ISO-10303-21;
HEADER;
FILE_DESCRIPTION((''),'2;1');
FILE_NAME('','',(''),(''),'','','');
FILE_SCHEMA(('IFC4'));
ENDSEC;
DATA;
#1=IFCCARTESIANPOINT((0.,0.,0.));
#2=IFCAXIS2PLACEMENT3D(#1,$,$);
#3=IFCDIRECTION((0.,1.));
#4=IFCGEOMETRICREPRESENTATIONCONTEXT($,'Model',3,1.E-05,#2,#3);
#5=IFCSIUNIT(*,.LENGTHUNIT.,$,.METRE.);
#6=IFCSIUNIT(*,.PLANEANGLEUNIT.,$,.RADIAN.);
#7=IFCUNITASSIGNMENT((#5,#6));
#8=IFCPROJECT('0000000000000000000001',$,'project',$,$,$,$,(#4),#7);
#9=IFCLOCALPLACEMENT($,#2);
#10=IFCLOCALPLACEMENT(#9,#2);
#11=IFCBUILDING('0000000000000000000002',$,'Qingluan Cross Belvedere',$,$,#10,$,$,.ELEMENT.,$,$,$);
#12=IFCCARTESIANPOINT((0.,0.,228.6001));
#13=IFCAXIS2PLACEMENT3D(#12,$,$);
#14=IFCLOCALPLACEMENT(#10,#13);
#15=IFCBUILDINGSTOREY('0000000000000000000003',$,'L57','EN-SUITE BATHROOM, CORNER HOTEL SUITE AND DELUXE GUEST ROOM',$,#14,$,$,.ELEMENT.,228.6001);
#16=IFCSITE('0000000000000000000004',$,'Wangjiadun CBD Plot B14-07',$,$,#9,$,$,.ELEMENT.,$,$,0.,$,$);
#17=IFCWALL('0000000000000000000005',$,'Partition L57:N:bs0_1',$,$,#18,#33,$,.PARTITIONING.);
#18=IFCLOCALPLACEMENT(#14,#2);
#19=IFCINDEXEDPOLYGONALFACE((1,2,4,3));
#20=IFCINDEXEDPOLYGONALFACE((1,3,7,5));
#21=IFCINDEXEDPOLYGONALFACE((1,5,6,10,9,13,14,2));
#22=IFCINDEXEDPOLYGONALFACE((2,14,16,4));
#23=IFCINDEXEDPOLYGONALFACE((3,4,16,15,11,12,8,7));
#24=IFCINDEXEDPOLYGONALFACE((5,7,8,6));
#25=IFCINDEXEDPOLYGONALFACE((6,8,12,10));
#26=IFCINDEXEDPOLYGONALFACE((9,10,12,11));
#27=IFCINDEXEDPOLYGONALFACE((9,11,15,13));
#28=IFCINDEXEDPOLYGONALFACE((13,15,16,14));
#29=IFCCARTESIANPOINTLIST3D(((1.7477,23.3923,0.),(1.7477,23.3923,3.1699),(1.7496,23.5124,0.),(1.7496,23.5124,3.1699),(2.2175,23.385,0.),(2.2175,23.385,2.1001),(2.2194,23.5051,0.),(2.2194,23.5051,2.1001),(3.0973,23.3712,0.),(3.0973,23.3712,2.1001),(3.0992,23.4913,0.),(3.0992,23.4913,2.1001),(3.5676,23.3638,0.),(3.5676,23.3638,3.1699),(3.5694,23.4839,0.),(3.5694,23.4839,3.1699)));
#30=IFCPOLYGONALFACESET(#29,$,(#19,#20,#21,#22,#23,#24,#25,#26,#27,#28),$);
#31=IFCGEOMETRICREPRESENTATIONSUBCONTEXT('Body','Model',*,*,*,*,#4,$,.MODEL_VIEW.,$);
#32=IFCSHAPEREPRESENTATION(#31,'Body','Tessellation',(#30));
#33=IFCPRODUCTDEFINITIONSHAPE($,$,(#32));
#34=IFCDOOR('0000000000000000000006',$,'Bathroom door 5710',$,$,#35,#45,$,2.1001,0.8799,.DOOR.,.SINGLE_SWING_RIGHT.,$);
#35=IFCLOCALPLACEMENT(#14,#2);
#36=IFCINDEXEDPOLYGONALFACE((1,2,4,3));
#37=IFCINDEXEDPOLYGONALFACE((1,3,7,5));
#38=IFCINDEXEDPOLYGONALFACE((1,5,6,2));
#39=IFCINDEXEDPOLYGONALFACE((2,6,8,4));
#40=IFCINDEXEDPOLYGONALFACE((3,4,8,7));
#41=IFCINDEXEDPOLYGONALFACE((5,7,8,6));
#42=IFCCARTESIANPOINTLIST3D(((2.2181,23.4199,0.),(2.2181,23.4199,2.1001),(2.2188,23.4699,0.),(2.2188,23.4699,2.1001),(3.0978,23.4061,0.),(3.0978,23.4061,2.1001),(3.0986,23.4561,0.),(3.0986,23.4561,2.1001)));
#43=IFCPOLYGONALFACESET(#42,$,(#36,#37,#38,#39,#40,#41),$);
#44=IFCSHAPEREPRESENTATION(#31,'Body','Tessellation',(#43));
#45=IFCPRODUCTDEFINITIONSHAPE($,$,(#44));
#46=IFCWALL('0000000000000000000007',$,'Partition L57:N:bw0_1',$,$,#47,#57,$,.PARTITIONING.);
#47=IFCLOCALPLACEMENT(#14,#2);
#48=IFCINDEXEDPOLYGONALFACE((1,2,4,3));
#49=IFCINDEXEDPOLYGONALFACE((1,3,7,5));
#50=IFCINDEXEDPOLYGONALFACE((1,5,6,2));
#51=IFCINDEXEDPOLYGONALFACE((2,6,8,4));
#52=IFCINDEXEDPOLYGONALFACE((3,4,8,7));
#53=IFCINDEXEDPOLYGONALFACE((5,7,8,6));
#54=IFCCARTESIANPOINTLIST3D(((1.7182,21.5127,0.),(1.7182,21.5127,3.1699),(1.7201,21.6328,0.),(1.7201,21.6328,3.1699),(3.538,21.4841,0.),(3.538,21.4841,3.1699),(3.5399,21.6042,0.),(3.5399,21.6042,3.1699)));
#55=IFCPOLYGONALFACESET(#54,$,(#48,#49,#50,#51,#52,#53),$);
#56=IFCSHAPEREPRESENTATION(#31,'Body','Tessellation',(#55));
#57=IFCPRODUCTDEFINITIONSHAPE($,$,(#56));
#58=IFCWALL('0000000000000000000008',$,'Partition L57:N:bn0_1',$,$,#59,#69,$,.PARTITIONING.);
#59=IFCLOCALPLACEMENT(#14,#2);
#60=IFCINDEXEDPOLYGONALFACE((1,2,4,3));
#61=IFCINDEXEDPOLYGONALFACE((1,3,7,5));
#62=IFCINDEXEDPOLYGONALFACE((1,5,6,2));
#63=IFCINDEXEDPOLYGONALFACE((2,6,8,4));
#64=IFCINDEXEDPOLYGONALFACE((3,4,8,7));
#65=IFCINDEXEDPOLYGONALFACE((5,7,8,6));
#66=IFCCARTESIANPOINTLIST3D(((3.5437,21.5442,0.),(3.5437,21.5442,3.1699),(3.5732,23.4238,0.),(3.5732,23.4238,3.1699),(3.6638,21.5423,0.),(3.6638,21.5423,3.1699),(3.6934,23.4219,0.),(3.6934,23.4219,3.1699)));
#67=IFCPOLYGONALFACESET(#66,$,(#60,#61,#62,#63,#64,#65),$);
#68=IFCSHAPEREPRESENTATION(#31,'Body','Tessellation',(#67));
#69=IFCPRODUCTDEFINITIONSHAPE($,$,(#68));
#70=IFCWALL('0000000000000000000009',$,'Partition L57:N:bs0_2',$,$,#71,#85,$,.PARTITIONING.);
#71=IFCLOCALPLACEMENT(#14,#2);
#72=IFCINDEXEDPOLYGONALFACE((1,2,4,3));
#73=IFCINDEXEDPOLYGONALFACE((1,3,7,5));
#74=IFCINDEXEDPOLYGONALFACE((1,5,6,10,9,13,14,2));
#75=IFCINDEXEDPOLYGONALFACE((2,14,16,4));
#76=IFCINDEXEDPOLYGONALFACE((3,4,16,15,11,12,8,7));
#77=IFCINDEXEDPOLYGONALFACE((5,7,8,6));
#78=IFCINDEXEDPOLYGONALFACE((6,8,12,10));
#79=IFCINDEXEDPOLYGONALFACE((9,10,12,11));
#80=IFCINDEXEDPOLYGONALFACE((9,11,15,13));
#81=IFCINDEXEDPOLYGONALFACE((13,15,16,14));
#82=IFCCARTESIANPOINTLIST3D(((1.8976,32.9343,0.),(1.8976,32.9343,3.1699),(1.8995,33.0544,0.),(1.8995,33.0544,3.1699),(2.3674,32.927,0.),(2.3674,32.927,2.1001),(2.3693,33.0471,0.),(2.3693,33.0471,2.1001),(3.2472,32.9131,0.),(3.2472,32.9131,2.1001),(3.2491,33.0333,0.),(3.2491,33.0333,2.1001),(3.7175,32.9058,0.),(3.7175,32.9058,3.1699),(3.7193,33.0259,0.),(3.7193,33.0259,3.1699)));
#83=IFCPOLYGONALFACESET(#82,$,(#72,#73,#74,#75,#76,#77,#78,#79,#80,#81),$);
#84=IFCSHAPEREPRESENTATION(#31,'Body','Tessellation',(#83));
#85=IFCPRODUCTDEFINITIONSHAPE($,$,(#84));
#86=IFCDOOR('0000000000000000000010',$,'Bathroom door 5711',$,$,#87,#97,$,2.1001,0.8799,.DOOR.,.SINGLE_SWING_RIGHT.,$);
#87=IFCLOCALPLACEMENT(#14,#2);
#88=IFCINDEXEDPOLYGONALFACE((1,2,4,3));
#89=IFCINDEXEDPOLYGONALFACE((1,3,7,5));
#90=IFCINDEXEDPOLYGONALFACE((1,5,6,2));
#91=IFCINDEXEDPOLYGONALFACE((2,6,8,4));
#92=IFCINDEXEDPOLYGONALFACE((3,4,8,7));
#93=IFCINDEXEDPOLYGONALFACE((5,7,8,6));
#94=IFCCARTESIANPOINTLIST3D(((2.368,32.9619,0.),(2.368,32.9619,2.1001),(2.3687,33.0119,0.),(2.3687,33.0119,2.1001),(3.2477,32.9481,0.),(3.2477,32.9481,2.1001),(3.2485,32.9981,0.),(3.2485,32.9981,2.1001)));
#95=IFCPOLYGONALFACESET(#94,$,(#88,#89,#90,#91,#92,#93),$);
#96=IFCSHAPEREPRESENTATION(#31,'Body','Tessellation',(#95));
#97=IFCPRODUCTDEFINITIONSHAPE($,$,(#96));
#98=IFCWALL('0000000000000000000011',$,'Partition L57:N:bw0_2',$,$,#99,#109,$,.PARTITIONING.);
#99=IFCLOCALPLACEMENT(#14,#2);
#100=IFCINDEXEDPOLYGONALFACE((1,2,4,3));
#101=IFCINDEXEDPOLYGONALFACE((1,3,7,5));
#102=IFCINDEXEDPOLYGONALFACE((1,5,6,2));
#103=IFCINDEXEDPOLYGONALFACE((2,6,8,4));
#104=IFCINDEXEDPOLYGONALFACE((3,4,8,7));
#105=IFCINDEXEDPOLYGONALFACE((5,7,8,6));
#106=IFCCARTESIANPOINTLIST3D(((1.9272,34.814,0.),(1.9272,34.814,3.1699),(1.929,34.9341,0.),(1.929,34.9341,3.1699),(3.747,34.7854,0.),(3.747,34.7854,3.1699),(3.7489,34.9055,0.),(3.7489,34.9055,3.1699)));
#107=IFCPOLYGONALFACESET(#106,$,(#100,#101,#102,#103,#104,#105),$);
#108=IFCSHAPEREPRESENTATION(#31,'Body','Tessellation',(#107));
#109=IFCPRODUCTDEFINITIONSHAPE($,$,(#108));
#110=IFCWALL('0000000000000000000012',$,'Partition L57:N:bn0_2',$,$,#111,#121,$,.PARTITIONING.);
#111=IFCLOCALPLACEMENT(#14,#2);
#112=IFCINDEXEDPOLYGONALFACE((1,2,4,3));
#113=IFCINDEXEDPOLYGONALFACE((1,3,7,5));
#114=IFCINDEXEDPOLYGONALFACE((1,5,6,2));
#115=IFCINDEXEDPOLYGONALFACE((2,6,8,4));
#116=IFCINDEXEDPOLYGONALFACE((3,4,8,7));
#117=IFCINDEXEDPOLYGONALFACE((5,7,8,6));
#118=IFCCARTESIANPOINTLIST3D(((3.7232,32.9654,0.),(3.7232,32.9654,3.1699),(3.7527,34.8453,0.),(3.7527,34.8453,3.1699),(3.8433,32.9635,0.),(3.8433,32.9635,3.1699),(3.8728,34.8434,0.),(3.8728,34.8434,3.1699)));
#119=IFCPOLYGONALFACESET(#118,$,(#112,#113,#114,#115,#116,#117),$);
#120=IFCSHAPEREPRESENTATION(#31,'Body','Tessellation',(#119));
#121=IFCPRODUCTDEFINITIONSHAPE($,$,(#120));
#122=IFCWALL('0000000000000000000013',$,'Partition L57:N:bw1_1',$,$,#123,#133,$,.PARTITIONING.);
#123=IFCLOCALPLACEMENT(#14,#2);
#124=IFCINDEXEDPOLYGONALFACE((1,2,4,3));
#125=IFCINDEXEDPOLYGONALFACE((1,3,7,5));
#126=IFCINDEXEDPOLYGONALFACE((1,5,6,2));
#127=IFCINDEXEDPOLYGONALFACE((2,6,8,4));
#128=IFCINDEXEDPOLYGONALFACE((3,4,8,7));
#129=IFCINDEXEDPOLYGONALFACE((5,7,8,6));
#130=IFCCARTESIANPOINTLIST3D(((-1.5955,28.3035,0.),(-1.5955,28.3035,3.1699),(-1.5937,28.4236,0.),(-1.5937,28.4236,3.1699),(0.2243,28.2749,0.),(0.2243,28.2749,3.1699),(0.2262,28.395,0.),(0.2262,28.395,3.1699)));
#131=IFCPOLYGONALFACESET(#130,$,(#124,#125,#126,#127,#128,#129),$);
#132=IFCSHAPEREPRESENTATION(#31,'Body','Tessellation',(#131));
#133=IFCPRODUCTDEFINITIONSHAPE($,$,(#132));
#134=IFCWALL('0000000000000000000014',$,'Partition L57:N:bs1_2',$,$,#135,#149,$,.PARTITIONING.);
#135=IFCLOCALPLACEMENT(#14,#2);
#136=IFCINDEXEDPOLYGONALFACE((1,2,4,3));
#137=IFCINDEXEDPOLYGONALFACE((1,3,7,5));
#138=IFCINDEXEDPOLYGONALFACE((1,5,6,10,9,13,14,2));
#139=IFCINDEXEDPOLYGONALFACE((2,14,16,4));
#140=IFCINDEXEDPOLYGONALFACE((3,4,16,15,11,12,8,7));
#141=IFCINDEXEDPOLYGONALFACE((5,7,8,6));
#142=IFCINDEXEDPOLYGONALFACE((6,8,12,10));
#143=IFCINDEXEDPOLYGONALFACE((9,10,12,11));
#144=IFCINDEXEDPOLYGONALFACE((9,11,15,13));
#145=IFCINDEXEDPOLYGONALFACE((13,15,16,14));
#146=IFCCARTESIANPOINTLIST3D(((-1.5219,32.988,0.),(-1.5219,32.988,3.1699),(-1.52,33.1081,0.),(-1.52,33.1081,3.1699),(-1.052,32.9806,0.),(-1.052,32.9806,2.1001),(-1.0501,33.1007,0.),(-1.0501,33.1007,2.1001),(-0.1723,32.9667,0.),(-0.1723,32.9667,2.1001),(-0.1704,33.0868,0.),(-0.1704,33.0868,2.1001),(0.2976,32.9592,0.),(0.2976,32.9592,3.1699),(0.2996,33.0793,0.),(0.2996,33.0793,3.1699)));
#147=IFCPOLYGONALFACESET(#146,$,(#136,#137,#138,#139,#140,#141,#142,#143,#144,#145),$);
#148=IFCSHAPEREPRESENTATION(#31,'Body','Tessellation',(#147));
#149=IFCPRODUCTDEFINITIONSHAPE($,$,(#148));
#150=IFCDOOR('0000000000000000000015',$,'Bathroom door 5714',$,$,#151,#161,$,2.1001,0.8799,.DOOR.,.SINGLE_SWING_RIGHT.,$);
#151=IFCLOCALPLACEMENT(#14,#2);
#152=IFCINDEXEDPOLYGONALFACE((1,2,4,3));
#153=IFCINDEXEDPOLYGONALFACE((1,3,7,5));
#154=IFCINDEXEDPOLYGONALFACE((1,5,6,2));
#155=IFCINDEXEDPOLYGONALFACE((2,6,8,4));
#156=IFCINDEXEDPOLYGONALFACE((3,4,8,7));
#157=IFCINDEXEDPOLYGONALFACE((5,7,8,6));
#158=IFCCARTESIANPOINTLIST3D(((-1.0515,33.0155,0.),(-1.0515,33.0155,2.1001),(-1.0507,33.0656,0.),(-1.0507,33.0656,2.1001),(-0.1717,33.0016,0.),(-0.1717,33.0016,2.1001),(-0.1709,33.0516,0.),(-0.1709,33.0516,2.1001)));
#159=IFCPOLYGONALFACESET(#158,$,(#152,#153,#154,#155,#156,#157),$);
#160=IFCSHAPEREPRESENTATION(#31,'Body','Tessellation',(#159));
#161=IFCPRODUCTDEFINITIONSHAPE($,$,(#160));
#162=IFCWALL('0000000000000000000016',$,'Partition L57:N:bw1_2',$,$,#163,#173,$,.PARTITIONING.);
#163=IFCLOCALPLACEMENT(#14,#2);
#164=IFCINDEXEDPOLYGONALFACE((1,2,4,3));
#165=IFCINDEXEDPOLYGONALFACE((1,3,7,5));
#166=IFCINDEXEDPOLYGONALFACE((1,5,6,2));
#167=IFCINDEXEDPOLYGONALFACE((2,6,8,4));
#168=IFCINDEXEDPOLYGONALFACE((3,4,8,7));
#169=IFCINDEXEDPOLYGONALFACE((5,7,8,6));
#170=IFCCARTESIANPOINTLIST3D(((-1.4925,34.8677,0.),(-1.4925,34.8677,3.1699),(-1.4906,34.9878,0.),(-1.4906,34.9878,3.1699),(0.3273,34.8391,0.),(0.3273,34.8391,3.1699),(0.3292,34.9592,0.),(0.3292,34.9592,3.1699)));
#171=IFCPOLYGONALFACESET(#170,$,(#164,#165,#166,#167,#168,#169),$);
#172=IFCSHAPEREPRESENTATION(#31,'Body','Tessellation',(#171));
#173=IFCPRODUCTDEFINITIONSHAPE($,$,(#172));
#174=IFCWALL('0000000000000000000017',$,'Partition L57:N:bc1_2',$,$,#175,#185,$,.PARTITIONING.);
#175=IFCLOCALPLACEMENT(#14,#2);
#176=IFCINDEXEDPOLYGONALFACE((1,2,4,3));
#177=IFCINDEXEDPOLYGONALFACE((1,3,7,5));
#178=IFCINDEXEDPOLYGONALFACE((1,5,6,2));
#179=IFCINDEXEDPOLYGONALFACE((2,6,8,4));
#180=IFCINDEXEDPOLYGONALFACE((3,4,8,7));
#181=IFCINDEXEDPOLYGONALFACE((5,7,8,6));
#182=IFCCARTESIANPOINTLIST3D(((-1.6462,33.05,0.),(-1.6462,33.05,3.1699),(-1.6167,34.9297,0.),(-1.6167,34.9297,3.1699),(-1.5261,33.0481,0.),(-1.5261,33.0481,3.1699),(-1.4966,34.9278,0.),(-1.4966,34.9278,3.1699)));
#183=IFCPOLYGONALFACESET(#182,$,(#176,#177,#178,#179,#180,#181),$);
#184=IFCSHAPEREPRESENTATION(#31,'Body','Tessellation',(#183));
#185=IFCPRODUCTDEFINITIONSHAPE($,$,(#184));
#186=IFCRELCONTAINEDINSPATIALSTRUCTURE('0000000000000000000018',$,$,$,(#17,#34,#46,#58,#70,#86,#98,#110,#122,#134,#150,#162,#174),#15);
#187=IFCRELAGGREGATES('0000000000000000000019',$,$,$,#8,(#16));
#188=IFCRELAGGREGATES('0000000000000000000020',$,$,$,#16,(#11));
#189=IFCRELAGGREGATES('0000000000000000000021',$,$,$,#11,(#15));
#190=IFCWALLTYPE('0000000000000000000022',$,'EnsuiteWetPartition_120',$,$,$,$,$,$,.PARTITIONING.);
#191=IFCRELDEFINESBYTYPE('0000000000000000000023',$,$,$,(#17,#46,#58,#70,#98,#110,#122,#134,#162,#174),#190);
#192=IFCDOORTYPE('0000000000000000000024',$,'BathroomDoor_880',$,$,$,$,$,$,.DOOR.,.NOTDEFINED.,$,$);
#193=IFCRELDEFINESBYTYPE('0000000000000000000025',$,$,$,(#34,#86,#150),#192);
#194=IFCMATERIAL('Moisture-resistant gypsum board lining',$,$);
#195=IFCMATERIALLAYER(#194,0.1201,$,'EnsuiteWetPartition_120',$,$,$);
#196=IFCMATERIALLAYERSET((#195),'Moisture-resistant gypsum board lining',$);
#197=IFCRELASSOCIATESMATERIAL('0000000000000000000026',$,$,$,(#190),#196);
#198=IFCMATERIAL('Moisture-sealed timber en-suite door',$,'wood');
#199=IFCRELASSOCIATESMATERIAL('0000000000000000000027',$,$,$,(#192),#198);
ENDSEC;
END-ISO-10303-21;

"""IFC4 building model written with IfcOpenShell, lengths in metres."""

from ifc_helpers import new_model, si_unit, direction, frame, frame_2d, origin, place, context, subcontext, project, spatial, rectangle, extrude, material, layer, layer_set, type_object, element, fill, save


model = new_model("IFC4")

# Units and contexts
model_context = context("Model", 3, precision=1e-05, world=origin(), true_north=direction((0.0, 1.0)))
body_context = subcontext(model_context, "Body", "Model", "MODEL_VIEW")
ifc_project = project(units=[si_unit("LENGTHUNIT", "METRE"), si_unit("PLANEANGLEUNIT", "RADIAN")], contexts=[model_context])

# Site, building, storey
site_placement = place(None, origin())
site = spatial("IfcSite", under=ifc_project, at=site_placement, Name="Wangjiadun CBD Plot B14-07", CompositionType="ELEMENT", RefElevation=0.0)
building_placement = place(site_placement, origin())
building = spatial("IfcBuilding", under=site, at=building_placement, Name="Qingluan Cross Belvedere", CompositionType="ELEMENT")
storey_placement = place(building_placement, frame((0.0, 0.0, 228.6001)))
storey = spatial("IfcBuildingStorey", under=building, at=storey_placement, Name="L57", Description="EN-SUITE BATHROOM, CORNER HOTEL SUITE AND DELUXE GUEST ROOM", CompositionType="ELEMENT", Elevation=228.6001)

# Wall, opening, door
ifc_material_1 = material(Name="Moisture-resistant gypsum board lining")
ifc_layer_1 = layer(ifc_material_1, 0.1201, Name="EnsuiteWetPartition_120")
ifc_layer_set_1 = layer_set([ifc_layer_1], Name="Moisture-resistant gypsum board lining")
wall_type_1 = type_object("IfcWallType", Name="EnsuiteWetPartition_120", PredefinedType="PARTITIONING", material=ifc_layer_set_1)
ifc_material_2 = material(Name="Moisture-sealed timber en-suite door", Category="wood")
door_type = type_object("IfcDoorType", Name="BathroomDoor_880", OperationType="NOTDEFINED", PredefinedType="DOOR", material=ifc_material_2)
wall_1_placement = place(storey_placement, frame((1.7485, 23.4524, 0.0), z_axis=(0.0, 0.0, 1.0), x_axis=(0.999877, -0.015694, 0.0)))
wall_1 = element("IfcWall", 1, at=wall_1_placement, inside=storey, type_object=wall_type_1, Name="Partition L57:N:bs0_1", PredefinedType="PARTITIONING", context=body_context, shape_type="SweptSolid", body=[
    extrude(rectangle(XDim=1.8201, YDim=0.1201, at=frame_2d((0.9102, 0.0))), origin(), (0.0, 0.0, 1.0), 3.1699),
])
opening_1_placement = place(wall_1_placement, frame((0.47, 0.0, 0.0)))
opening_1 = element("IfcOpeningElement", 2, at=opening_1_placement, cuts=wall_1, PredefinedType="OPENING", context=body_context, shape_type="SweptSolid", body=[
    extrude(rectangle(XDim=0.8799, YDim=2.1001, at=frame_2d((0.4399, 1.05))), frame((0.0, 0.0701, 0.0), z_axis=(0.0, -1.0, 0.0), x_axis=(1.0, 0.0, 0.0)), (0.0, 0.0, 1.0), 0.1401),
])
door_1_placement = place(opening_1_placement, origin())
door_1 = element("IfcDoor", 3, at=door_1_placement, inside=storey, type_object=door_type, Name="Bathroom door 5710", OperationType="SINGLE_SWING_RIGHT", OverallHeight=2.1001, OverallWidth=0.8799, PredefinedType="DOOR", context=body_context, shape_type="SweptSolid", body=[
    extrude(rectangle(XDim=0.8799, YDim=2.1001, at=frame_2d((0.4399, 1.05))), frame((0.0, 0.0249, 0.0), z_axis=(0.0, -1.0, 0.0), x_axis=(1.0, 0.0, 0.0)), (0.0, 0.0, 1.0), 0.05),
])
fill(opening_1, door_1)

# Walls
wall_2_placement = place(storey_placement, frame((1.719, 21.5728, 0.0), z_axis=(0.0, 0.0, 1.0), x_axis=(0.999877, -0.015694, 0.0)))
element("IfcWall", 4, at=wall_2_placement, inside=storey, type_object=wall_type_1, Name="Partition L57:N:bw0_1", PredefinedType="PARTITIONING", context=body_context, shape_type="SweptSolid", body=[
    extrude(rectangle(XDim=1.8201, YDim=0.1201, at=frame_2d((0.9102, 0.0))), origin(), (0.0, 0.0, 1.0), 3.1699),
])
wall_3_placement = place(storey_placement, frame((3.6038, 21.5432, 0.0), z_axis=(0.0, 0.0, 1.0), x_axis=(0.015714, 0.999877, 0.0)))
element("IfcWall", 5, at=wall_3_placement, inside=storey, type_object=wall_type_1, Name="Partition L57:N:bn0_1", PredefinedType="PARTITIONING", context=body_context, shape_type="SweptSolid", body=[
    extrude(rectangle(XDim=1.8799, YDim=0.1201, at=frame_2d((0.9399, 0.0))), origin(), (0.0, 0.0, 1.0), 3.1699),
])

# Wall, opening, door
wall_4_placement = place(storey_placement, frame((1.8984, 32.9944, 0.0), z_axis=(0.0, 0.0, 1.0), x_axis=(0.999877, -0.015694, 0.0)))
wall_4 = element("IfcWall", 6, at=wall_4_placement, inside=storey, type_object=wall_type_1, Name="Partition L57:N:bs0_2", PredefinedType="PARTITIONING", context=body_context, shape_type="SweptSolid", body=[
    extrude(rectangle(XDim=1.8201, YDim=0.1201, at=frame_2d((0.9102, 0.0))), origin(), (0.0, 0.0, 1.0), 3.1699),
])
opening_2_placement = place(wall_4_placement, frame((0.47, 0.0, 0.0)))
opening_2 = element("IfcOpeningElement", 7, at=opening_2_placement, cuts=wall_4, PredefinedType="OPENING", context=body_context, shape_type="SweptSolid", body=[
    extrude(rectangle(XDim=0.8799, YDim=2.1001, at=frame_2d((0.4399, 1.05))), frame((0.0, 0.0701, 0.0), z_axis=(0.0, -1.0, 0.0), x_axis=(1.0, 0.0, 0.0)), (0.0, 0.0, 1.0), 0.1401),
])
door_2_placement = place(opening_2_placement, origin())
door_2 = element("IfcDoor", 8, at=door_2_placement, inside=storey, type_object=door_type, Name="Bathroom door 5711", OperationType="SINGLE_SWING_RIGHT", OverallHeight=2.1001, OverallWidth=0.8799, PredefinedType="DOOR", context=body_context, shape_type="SweptSolid", body=[
    extrude(rectangle(XDim=0.8799, YDim=2.1001, at=frame_2d((0.4399, 1.05))), frame((0.0, 0.0249, 0.0), z_axis=(0.0, -1.0, 0.0), x_axis=(1.0, 0.0, 0.0)), (0.0, 0.0, 1.0), 0.05),
])
fill(opening_2, door_2)

# Walls
wall_5_placement = place(storey_placement, frame((1.928, 34.874, 0.0), z_axis=(0.0, 0.0, 1.0), x_axis=(0.999877, -0.015694, 0.0)))
element("IfcWall", 9, at=wall_5_placement, inside=storey, type_object=wall_type_1, Name="Partition L57:N:bw0_2", PredefinedType="PARTITIONING", context=body_context, shape_type="SweptSolid", body=[
    extrude(rectangle(XDim=1.8201, YDim=0.1201, at=frame_2d((0.9102, 0.0))), origin(), (0.0, 0.0, 1.0), 3.1699),
])
wall_6_placement = place(storey_placement, frame((3.7832, 32.9646, 0.0), z_axis=(0.0, 0.0, 1.0), x_axis=(0.015712, 0.999877, 0.0)))
element("IfcWall", 10, at=wall_6_placement, inside=storey, type_object=wall_type_1, Name="Partition L57:N:bn0_2", PredefinedType="PARTITIONING", context=body_context, shape_type="SweptSolid", body=[
    extrude(rectangle(XDim=1.8801, YDim=0.1201, at=frame_2d((0.9399, 0.0))), origin(), (0.0, 0.0, 1.0), 3.1699),
])
wall_7_placement = place(storey_placement, frame((-1.5947, 28.3635, 0.0), z_axis=(0.0, 0.0, 1.0), x_axis=(0.999877, -0.015694, 0.0)))
element("IfcWall", 11, at=wall_7_placement, inside=storey, type_object=wall_type_1, Name="Partition L57:N:bw1_1", PredefinedType="PARTITIONING", context=body_context, shape_type="SweptSolid", body=[
    extrude(rectangle(XDim=1.8201, YDim=0.1201, at=frame_2d((0.9102, 0.0))), origin(), (0.0, 0.0, 1.0), 3.1699),
])

# Wall, opening, door
wall_8_placement = place(storey_placement, frame((-1.521, 33.0481, 0.0), z_axis=(0.0, 0.0, 1.0), x_axis=(0.999875, -0.015831, 0.0)))
wall_8 = element("IfcWall", 12, at=wall_8_placement, inside=storey, type_object=wall_type_1, Name="Partition L57:N:bs1_2", PredefinedType="PARTITIONING", context=body_context, shape_type="SweptSolid", body=[
    extrude(rectangle(XDim=1.8198, YDim=0.1201, at=frame_2d((0.9099, 0.0))), origin(), (0.0, 0.0, 1.0), 3.1699),
])
opening_3_placement = place(wall_8_placement, frame((0.47, 0.0, 0.0)))
opening_3 = element("IfcOpeningElement", 13, at=opening_3_placement, cuts=wall_8, PredefinedType="OPENING", context=body_context, shape_type="SweptSolid", body=[
    extrude(rectangle(XDim=0.8799, YDim=2.1001, at=frame_2d((0.4399, 1.05))), frame((0.0, 0.0701, 0.0), z_axis=(0.0, -1.0, 0.0), x_axis=(1.0, 0.0, 0.0)), (0.0, 0.0, 1.0), 0.1401),
])
door_3_placement = place(opening_3_placement, origin())
door_3 = element("IfcDoor", 14, at=door_3_placement, inside=storey, type_object=door_type, Name="Bathroom door 5714", OperationType="SINGLE_SWING_RIGHT", OverallHeight=2.1001, OverallWidth=0.8799, PredefinedType="DOOR", context=body_context, shape_type="SweptSolid", body=[
    extrude(rectangle(XDim=0.8799, YDim=2.1001, at=frame_2d((0.4399, 1.05))), frame((0.0, 0.0249, 0.0), z_axis=(0.0, -1.0, 0.0), x_axis=(1.0, 0.0, 0.0)), (0.0, 0.0, 1.0), 0.05),
])
fill(opening_3, door_3)

# Walls
wall_9_placement = place(storey_placement, frame((-1.4917, 34.9277, 0.0), z_axis=(0.0, 0.0, 1.0), x_axis=(0.999877, -0.015694, 0.0)))
element("IfcWall", 15, at=wall_9_placement, inside=storey, type_object=wall_type_1, Name="Partition L57:N:bw1_2", PredefinedType="PARTITIONING", context=body_context, shape_type="SweptSolid", body=[
    extrude(rectangle(XDim=1.8201, YDim=0.1201, at=frame_2d((0.9102, 0.0))), origin(), (0.0, 0.0, 1.0), 3.1699),
])
wall_10_placement = place(storey_placement, frame((-1.5862, 33.0491, 0.0), z_axis=(0.0, 0.0, 1.0), x_axis=(0.015714, 0.999877, 0.0)))
element("IfcWall", 16, at=wall_10_placement, inside=storey, type_object=wall_type_1, Name="Partition L57:N:bc1_2", PredefinedType="PARTITIONING", context=body_context, shape_type="SweptSolid", body=[
    extrude(rectangle(XDim=1.8799, YDim=0.1201, at=frame_2d((0.9399, 0.0))), origin(), (0.0, 0.0, 1.0), 3.1699),
])

save(model, "model.ifc")
